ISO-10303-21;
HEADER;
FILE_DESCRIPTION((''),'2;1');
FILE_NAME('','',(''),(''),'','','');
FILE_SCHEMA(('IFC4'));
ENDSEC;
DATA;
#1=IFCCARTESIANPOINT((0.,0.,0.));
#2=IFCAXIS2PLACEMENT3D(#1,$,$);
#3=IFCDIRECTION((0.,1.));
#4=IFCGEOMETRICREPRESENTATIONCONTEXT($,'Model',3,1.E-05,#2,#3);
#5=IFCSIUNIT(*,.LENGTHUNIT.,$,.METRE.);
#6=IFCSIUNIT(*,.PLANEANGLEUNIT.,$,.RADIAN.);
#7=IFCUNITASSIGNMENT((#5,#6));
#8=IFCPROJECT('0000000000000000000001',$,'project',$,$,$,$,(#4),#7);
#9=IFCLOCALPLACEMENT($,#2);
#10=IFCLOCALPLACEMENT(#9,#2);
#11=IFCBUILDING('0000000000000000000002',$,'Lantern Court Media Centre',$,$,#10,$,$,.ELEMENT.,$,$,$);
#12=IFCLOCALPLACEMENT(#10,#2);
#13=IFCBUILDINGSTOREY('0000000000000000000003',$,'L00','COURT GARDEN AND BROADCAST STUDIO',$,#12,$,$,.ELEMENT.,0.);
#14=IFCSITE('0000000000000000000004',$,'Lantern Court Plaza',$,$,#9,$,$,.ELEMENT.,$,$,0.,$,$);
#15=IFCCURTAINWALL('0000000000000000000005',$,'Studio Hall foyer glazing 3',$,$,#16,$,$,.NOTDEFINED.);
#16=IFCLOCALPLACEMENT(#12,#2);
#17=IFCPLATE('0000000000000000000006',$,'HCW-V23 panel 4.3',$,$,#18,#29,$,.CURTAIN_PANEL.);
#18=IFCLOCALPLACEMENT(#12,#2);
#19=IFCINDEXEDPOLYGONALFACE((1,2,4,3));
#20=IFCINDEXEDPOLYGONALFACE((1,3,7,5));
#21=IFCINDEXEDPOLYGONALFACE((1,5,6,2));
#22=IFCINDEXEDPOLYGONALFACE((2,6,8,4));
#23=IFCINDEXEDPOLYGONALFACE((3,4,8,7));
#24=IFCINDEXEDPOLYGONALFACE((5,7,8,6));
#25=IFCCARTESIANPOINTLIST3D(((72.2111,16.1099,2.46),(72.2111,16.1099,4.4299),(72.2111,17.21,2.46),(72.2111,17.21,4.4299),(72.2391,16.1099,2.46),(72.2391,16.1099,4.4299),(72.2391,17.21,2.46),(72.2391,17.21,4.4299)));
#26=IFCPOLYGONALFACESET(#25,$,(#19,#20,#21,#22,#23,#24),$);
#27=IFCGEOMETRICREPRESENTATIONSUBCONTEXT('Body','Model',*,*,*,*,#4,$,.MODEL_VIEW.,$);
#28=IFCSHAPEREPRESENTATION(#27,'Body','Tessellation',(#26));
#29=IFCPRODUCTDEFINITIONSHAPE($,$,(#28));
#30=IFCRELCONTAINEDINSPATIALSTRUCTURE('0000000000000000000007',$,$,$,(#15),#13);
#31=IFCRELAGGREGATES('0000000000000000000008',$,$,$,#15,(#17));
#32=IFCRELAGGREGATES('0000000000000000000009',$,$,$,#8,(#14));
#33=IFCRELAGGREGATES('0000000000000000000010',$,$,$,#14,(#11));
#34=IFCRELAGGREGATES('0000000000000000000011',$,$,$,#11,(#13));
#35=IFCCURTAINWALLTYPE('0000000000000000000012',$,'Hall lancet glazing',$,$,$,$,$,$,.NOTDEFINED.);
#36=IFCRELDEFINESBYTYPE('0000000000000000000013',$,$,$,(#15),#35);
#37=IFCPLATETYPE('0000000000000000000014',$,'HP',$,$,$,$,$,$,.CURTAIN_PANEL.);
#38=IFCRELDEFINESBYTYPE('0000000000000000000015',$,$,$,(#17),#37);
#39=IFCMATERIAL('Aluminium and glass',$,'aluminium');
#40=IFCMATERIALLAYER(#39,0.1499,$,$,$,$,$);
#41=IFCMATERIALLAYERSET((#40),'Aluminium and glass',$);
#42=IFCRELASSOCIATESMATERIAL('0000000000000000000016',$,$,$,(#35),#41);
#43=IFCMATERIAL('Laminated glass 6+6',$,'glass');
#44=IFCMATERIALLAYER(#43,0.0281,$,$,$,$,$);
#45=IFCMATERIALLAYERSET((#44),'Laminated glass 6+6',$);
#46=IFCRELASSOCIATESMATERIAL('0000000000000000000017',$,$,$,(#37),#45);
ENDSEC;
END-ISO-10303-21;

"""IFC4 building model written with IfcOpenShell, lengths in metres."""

from ifc_helpers import new_model, si_unit, direction, frame, origin, origin_2d, place, context, subcontext, project, spatial, rectangle, extrude, material, layer, layer_set, type_object, element, aggregate, save


model = new_model("IFC4")

# Units and contexts
model_context = context("Model", 3, precision=1e-05, world=origin(), true_north=direction((0.0, 1.0)))
body_context = subcontext(model_context, "Body", "Model", "MODEL_VIEW")
ifc_project = project(units=[si_unit("LENGTHUNIT", "METRE"), si_unit("PLANEANGLEUNIT", "RADIAN")], contexts=[model_context])

# Site, building, storey
site_placement = place(None, origin())
site = spatial("IfcSite", under=ifc_project, at=site_placement, Name="Lantern Court Plaza", CompositionType="ELEMENT", RefElevation=0.0)
building_placement = place(site_placement, origin())
building = spatial("IfcBuilding", under=site, at=building_placement, Name="Lantern Court Media Centre", CompositionType="ELEMENT")
storey_placement = place(building_placement, origin())
storey = spatial("IfcBuildingStorey", under=building, at=storey_placement, Name="L00", Description="COURT GARDEN AND BROADCAST STUDIO", CompositionType="ELEMENT", Elevation=0.0)

# Curtain wall, plate
ifc_material_1 = material(Name="Aluminium and glass", Category="aluminium")
ifc_layer_1 = layer(ifc_material_1, 0.1499)
ifc_layer_set_1 = layer_set([ifc_layer_1], Name="Aluminium and glass")
curtain_wall_type = type_object("IfcCurtainWallType", Name="Hall lancet glazing", PredefinedType="NOTDEFINED", material=ifc_layer_set_1)
curtain_wall_placement = place(storey_placement, origin())
curtain_wall = element("IfcCurtainWall", 1, at=curtain_wall_placement, inside=storey, type_object=curtain_wall_type, Name="Studio Hall foyer glazing 3", PredefinedType="NOTDEFINED")
ifc_material_2 = material(Name="Laminated glass 6+6", Category="glass")
ifc_layer_2 = layer(ifc_material_2, 0.0281)
ifc_layer_set_2 = layer_set([ifc_layer_2], Name="Laminated glass 6+6")
plate_type = type_object("IfcPlateType", Name="HP", PredefinedType="CURTAIN_PANEL", material=ifc_layer_set_2)
plate_1_placement = place(storey_placement, frame((72.2251, 16.6599, 2.46), z_axis=(0.0, 0.0, 1.0), x_axis=(0.0, 1.0, 0.0)))
plate_1 = element("IfcPlate", 2, at=plate_1_placement, type_object=plate_type, Name="HCW-V23 panel 4.3", PredefinedType="CURTAIN_PANEL", context=body_context, shape_type="SweptSolid", body=[
    extrude(rectangle(XDim=1.1001, YDim=0.0281, at=origin_2d()), origin(), (0.0, 0.0, 1.0), 1.97),
])
aggregate(curtain_wall, [plate_1])

save(model, "model.ifc")
